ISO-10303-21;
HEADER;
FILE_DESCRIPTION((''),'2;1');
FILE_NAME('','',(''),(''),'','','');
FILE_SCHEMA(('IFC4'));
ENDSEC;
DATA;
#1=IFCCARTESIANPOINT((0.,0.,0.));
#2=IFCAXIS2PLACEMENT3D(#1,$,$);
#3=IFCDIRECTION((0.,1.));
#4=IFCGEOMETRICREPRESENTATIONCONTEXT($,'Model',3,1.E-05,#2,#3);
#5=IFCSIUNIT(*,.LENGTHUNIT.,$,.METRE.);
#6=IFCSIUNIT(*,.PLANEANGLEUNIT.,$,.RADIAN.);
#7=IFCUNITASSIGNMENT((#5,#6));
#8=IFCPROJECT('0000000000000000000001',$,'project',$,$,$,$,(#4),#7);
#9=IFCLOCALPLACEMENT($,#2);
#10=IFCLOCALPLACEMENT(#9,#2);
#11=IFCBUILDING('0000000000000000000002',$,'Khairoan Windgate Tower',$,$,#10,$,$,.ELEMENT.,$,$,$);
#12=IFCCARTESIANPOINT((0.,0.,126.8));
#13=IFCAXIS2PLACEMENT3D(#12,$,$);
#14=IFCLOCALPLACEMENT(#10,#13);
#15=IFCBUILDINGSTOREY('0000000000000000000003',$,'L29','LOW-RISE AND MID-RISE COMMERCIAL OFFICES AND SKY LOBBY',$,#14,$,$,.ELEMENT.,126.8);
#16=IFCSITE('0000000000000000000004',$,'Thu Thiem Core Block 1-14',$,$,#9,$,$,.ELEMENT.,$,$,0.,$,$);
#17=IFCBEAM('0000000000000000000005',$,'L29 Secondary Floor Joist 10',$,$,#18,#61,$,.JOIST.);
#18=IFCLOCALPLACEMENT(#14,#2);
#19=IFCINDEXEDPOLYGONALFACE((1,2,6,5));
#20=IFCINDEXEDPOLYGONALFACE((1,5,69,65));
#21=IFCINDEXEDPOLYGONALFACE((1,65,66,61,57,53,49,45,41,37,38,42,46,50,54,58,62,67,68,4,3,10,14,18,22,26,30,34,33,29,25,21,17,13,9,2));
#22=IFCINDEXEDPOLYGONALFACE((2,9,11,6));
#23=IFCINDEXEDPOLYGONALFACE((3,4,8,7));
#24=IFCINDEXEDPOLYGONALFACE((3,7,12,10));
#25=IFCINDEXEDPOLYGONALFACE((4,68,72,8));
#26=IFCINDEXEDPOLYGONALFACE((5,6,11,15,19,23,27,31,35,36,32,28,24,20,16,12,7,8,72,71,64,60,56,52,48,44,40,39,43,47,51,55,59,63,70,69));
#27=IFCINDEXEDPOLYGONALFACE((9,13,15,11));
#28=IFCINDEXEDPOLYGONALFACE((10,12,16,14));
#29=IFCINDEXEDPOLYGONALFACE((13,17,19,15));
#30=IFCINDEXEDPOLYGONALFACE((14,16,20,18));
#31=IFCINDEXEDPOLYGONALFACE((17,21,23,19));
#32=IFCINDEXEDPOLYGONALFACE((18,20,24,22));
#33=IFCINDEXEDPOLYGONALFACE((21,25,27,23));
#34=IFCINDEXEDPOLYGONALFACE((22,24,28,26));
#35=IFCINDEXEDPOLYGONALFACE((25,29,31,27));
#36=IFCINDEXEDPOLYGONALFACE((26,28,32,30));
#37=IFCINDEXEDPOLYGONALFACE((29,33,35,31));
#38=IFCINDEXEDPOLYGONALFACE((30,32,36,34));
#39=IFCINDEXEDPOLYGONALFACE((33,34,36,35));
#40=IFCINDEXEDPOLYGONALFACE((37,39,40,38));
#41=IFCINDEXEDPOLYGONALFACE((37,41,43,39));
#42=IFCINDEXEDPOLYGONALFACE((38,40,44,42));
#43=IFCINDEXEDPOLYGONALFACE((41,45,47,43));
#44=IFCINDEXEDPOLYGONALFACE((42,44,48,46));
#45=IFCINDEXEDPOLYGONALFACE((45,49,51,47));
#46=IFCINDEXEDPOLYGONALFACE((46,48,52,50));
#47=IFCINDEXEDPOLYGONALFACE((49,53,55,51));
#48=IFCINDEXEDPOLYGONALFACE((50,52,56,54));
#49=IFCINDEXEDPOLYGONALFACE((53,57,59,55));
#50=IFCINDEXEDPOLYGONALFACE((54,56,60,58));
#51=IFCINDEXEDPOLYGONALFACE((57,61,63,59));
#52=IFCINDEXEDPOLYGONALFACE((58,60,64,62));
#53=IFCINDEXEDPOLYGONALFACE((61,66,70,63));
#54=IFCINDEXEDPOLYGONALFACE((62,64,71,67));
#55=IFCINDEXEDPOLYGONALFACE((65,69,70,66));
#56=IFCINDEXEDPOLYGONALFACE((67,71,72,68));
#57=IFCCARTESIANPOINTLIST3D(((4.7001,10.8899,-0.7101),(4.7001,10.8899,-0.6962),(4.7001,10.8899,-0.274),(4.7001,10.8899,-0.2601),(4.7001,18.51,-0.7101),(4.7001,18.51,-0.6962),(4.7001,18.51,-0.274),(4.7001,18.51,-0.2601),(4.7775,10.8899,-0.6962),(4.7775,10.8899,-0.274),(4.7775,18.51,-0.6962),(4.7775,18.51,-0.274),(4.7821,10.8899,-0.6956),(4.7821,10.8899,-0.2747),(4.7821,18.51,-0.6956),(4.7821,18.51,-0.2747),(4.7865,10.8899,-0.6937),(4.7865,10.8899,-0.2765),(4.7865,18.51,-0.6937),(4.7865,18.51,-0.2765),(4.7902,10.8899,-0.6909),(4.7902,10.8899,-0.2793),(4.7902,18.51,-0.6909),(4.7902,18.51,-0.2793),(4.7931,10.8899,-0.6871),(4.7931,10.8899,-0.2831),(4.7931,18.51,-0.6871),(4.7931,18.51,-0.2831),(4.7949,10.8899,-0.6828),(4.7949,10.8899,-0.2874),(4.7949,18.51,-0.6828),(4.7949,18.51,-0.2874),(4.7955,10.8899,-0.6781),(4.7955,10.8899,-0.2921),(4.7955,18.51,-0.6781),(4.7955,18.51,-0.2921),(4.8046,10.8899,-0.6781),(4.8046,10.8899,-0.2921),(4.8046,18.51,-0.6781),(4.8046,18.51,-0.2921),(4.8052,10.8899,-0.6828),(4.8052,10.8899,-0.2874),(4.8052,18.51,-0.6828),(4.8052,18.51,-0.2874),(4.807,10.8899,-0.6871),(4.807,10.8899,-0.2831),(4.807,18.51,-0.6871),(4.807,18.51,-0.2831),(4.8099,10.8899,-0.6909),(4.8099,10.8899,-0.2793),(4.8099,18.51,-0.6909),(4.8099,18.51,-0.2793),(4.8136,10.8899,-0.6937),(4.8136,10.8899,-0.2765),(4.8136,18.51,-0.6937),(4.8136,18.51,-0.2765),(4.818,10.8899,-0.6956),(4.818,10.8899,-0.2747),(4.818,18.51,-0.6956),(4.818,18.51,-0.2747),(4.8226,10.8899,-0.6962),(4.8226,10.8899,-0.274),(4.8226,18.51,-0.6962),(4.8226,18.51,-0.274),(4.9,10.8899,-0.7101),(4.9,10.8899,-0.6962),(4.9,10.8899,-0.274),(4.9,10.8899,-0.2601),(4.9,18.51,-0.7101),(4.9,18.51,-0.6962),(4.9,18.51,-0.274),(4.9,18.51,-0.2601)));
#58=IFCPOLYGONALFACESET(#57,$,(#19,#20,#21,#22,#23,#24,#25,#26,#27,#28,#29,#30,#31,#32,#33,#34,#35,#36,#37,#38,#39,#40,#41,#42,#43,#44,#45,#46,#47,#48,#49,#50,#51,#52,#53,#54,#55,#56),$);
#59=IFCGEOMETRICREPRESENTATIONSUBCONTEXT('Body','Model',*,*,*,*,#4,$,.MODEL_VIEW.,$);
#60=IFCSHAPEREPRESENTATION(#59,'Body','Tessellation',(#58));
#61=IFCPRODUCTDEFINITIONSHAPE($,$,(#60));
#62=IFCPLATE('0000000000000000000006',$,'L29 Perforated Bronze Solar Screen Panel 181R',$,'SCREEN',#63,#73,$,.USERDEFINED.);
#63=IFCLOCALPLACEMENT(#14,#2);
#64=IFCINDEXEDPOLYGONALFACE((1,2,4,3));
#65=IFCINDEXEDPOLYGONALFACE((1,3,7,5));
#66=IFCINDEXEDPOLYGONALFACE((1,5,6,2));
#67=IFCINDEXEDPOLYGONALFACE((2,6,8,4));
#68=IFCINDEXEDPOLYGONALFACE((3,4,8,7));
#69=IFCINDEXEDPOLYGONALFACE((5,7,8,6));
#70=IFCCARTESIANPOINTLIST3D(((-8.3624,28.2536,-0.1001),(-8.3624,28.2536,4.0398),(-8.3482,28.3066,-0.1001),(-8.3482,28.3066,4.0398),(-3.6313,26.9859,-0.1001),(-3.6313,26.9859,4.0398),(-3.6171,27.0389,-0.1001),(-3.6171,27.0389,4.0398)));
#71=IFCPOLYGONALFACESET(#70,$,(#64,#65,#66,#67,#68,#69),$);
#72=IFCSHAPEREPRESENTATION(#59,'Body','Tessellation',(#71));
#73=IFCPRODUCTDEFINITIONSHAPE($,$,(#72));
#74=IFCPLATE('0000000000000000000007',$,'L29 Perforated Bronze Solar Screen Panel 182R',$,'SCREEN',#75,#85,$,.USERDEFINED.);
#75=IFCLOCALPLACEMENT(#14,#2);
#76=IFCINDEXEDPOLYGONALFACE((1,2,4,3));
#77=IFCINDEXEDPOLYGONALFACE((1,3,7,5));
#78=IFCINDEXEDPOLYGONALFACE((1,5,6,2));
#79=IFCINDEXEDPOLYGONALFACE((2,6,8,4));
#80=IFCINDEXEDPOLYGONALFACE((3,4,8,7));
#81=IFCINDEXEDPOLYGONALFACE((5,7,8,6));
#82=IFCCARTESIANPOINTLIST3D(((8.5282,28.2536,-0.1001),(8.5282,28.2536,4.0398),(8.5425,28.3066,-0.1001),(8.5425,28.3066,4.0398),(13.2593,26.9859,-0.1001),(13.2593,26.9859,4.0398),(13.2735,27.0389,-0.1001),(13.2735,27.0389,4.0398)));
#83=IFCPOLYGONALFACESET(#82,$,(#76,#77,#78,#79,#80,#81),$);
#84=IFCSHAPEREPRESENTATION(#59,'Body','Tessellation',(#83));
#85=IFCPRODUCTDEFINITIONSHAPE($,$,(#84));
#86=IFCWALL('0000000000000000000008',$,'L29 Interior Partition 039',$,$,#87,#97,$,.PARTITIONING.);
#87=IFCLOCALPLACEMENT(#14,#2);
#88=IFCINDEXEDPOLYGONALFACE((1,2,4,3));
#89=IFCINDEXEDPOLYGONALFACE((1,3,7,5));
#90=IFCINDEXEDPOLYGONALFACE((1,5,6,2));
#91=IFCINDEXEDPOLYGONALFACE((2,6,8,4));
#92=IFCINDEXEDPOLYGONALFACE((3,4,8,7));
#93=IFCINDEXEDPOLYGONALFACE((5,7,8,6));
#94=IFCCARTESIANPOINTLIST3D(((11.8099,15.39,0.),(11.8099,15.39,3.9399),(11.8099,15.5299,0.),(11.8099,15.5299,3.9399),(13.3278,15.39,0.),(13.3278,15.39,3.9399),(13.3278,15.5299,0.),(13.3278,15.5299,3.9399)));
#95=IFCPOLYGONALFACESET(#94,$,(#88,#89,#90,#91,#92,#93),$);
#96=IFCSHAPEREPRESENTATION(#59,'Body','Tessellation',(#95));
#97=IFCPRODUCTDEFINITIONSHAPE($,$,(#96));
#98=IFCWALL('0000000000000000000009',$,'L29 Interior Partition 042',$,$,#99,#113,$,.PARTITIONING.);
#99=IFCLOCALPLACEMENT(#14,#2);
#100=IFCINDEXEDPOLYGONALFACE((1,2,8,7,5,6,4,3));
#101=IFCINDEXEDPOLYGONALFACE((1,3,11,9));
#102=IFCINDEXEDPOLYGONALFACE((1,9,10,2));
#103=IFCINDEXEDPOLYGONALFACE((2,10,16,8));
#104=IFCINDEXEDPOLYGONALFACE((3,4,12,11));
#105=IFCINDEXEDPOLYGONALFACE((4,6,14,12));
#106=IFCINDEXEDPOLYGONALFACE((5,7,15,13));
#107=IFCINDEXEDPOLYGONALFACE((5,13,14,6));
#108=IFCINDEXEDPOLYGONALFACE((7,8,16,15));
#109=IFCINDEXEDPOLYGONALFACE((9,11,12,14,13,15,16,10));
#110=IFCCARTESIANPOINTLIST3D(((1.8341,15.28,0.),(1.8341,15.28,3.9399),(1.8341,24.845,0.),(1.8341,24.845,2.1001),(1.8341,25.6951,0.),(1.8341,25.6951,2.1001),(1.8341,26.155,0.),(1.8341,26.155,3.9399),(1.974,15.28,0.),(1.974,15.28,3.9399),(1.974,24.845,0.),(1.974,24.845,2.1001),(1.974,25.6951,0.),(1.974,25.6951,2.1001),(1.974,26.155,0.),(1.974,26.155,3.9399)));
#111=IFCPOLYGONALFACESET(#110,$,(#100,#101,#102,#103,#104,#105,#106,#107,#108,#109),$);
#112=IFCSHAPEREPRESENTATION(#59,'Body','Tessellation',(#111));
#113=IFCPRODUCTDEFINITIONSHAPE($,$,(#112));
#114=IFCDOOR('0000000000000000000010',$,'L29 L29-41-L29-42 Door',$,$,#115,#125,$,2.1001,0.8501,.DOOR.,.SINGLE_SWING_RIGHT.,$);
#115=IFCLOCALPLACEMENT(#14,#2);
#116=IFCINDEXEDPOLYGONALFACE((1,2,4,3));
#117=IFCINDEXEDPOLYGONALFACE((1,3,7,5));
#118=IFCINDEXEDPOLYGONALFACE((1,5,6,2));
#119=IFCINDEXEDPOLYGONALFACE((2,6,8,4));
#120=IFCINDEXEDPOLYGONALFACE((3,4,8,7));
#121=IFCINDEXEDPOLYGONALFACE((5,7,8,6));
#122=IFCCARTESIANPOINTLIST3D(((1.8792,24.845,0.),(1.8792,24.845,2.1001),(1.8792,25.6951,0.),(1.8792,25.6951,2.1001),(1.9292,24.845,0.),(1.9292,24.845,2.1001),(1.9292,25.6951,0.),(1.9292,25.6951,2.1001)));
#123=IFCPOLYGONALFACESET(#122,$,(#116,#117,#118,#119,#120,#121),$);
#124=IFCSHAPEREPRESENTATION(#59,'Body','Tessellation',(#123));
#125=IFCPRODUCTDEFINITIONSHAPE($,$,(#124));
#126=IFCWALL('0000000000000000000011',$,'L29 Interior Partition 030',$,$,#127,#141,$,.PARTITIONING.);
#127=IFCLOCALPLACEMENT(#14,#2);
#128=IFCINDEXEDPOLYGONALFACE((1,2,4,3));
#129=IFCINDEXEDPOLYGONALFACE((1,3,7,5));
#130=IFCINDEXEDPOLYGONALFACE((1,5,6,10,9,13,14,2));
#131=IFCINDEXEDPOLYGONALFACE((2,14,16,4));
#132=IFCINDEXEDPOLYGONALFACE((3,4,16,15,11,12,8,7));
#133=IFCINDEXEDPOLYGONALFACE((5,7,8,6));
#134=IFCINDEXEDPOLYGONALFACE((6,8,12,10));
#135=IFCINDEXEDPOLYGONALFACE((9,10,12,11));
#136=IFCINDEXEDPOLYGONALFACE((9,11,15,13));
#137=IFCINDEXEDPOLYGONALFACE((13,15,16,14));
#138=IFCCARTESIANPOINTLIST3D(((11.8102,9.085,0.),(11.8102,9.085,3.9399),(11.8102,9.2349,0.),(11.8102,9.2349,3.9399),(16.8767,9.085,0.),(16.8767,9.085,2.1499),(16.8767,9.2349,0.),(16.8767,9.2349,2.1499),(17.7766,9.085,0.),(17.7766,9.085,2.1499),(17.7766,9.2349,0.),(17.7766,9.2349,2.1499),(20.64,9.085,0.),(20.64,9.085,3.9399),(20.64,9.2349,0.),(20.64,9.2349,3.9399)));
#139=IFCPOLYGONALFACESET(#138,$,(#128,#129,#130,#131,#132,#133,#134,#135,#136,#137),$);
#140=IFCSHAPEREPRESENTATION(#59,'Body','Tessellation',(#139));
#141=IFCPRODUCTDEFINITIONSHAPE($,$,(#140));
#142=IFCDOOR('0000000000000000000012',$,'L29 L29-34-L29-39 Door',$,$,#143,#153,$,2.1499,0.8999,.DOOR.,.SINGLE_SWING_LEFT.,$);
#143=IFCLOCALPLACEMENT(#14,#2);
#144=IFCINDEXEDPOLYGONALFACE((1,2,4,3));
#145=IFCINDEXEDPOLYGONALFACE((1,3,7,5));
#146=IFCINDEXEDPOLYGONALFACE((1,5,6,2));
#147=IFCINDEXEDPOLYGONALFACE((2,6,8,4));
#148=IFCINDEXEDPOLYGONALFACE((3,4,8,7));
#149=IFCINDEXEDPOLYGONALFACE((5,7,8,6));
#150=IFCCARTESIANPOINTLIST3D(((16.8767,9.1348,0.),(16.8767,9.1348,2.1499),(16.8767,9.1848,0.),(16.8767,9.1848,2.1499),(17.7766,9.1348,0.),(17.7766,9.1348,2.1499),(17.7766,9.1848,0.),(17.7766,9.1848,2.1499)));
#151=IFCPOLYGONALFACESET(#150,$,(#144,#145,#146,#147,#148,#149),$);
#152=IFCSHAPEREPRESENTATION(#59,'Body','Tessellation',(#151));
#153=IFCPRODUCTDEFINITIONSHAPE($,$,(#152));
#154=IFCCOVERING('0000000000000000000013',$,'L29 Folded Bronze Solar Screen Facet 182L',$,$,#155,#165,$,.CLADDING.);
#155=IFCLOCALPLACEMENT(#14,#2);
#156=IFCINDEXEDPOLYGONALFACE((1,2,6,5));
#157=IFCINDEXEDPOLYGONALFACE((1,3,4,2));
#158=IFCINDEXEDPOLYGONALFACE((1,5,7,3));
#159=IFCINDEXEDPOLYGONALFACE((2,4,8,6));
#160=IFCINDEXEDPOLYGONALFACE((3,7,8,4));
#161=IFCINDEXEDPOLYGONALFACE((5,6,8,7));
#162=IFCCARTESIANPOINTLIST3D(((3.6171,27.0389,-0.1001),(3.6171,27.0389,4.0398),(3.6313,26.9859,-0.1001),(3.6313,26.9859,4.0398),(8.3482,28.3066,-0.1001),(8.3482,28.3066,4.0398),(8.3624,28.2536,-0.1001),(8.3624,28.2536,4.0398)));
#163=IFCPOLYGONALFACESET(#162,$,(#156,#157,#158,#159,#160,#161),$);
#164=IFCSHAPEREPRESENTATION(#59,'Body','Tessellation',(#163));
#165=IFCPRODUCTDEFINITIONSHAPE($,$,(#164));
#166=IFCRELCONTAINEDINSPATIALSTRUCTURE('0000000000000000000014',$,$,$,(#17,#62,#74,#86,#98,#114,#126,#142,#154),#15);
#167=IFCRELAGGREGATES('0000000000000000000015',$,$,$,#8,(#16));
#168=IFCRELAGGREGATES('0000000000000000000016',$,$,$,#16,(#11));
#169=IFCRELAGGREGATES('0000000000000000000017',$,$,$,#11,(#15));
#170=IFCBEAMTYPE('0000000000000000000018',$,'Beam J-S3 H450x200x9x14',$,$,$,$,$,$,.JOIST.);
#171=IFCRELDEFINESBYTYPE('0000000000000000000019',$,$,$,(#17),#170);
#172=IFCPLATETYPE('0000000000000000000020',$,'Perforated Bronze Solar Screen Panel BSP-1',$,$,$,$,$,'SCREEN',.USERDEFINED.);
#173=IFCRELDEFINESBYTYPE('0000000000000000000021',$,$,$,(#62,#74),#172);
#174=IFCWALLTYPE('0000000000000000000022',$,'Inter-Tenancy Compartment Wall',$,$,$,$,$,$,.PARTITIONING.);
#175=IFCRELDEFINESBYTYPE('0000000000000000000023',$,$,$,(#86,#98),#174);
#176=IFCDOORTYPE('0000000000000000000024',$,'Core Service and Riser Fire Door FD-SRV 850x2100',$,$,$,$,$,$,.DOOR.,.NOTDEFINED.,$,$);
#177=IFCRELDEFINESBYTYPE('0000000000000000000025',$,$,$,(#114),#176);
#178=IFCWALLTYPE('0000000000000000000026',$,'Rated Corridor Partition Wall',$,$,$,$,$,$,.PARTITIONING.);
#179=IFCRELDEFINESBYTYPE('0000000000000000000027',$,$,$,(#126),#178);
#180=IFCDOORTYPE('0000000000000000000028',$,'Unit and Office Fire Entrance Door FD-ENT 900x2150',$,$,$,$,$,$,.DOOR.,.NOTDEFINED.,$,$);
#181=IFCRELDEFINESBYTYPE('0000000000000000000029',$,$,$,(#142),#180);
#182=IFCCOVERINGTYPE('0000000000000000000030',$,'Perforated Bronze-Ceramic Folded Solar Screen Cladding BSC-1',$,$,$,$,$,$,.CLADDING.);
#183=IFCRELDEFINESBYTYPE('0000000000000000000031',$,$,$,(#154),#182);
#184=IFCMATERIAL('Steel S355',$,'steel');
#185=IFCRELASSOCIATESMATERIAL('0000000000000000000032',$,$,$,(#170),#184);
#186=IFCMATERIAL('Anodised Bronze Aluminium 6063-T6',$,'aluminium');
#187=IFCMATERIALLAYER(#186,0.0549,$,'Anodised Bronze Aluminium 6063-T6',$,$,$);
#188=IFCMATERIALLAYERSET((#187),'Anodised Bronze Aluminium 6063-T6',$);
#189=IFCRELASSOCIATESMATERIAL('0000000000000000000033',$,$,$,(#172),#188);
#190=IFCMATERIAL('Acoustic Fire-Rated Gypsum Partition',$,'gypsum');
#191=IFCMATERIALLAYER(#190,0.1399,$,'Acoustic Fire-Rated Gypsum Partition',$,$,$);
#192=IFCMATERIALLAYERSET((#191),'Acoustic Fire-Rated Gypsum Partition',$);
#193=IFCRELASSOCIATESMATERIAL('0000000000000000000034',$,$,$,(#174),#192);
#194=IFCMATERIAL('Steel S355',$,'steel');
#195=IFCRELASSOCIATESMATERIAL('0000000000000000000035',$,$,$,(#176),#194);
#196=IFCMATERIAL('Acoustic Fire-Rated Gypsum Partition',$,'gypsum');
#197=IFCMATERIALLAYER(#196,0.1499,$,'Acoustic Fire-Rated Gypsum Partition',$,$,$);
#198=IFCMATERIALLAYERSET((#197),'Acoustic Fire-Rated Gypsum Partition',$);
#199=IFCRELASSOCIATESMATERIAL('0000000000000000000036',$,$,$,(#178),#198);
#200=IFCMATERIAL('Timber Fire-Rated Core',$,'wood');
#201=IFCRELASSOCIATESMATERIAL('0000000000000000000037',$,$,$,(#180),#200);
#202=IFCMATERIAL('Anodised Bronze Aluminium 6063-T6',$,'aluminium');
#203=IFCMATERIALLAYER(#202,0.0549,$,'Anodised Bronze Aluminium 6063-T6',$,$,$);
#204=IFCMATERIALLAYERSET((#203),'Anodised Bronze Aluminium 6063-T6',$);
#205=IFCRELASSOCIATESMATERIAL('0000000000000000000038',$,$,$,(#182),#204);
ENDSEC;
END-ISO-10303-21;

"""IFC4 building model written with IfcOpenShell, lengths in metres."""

from ifc_helpers import new_model, si_unit, direction, frame, frame_2d, origin, origin_2d, place, context, subcontext, project, spatial, rectangle, i_section, extrude, material, layer, layer_set, material_profile, profile_set, type_object, element, fill, save


model = new_model("IFC4")

# Units and contexts
model_context = context("Model", 3, precision=1e-05, world=origin(), true_north=direction((0.0, 1.0)))
body_context = subcontext(model_context, "Body", "Model", "MODEL_VIEW")
ifc_project = project(units=[si_unit("LENGTHUNIT", "METRE"), si_unit("PLANEANGLEUNIT", "RADIAN")], contexts=[model_context])

# Site, building, storey
site_placement = place(None, origin())
site = spatial("IfcSite", under=ifc_project, at=site_placement, Name="Thu Thiem Core Block 1-14", CompositionType="ELEMENT", RefElevation=0.0)
building_placement = place(site_placement, origin())
building = spatial("IfcBuilding", under=site, at=building_placement, Name="Khairoan Windgate Tower", CompositionType="ELEMENT")
storey_placement = place(building_placement, frame((0.0, 0.0, 126.8)))
storey = spatial("IfcBuildingStorey", under=building, at=storey_placement, Name="L29", Description="LOW-RISE AND MID-RISE COMMERCIAL OFFICES AND SKY LOBBY", CompositionType="ELEMENT", Elevation=126.8)

# Beam
ifc_material_1 = material(Name="Steel S355", Category="steel")
ifc_material_profile_1 = material_profile(ifc_material_1, i_section(OverallWidth=0.2, OverallDepth=0.45, WebThickness=0.009, FlangeThickness=0.0139, FilletRadius=0.0181, at=origin_2d()))
ifc_profile_set_1 = profile_set([ifc_material_profile_1], Name="Steel S355")
beam_type_1 = type_object("IfcBeamType", Name="Beam J-S3 H450x200x9x14", PredefinedType="JOIST", material=ifc_profile_set_1)
for number, where, z_axis, x_axis, name in (
    (1, (4.8, 10.8899, -0.4851), (0.0, 1.0, 0.0), (-1.0, 0.0, 0.0), "L29 Secondary Floor Joist 10"),
):
    element("IfcBeam", number, at=place(storey_placement, frame(where, z_axis=z_axis, x_axis=x_axis)), inside=storey, type_object=beam_type_1, Name=name, PredefinedType="JOIST", context=body_context, shape_type="SweptSolid", body=[
        extrude(i_section(OverallWidth=0.2, OverallDepth=0.45, WebThickness=0.009, FlangeThickness=0.0139, FilletRadius=0.0181, at=origin_2d()), origin(), (0.0, 0.0, 1.0), 7.6201),
    ])

# Plates
ifc_material_2 = material(Name="Anodised Bronze Aluminium 6063-T6", Category="aluminium")
ifc_layer_1 = layer(ifc_material_2, 0.0549, Name="Anodised Bronze Aluminium 6063-T6")
ifc_layer_set_1 = layer_set([ifc_layer_1], Name="Anodised Bronze Aluminium 6063-T6")
plate_type = type_object("IfcPlateType", Name="Perforated Bronze Solar Screen Panel BSP-1", ElementType="SCREEN", PredefinedType="USERDEFINED", material=ifc_layer_set_1)
for number, where, z_axis, x_axis, name in (
    (2, (-5.9897, 27.6462, -0.1001), (0.0, 0.0, 1.0), (0.965926, -0.258819, 0.0), "L29 Perforated Bronze Solar Screen Panel 181R"),
    (3, (10.9009, 27.6462, -0.1001), (0.0, 0.0, 1.0), (0.965926, -0.258819, 0.0), "L29 Perforated Bronze Solar Screen Panel 182R"),
):
    element("IfcPlate", number, at=place(storey_placement, frame(where, z_axis=z_axis, x_axis=x_axis)), inside=storey, type_object=plate_type, Name=name, ObjectType="SCREEN", PredefinedType="USERDEFINED", context=body_context, shape_type="SweptSolid", body=[
        extrude(rectangle(XDim=4.8979, YDim=0.0549, at=origin_2d()), origin(), (0.0, 0.0, 1.0), 4.1399),
    ])

# Wall
ifc_material_3 = material(Name="Acoustic Fire-Rated Gypsum Partition", Category="gypsum")
ifc_layer_2 = layer(ifc_material_3, 0.1399, Name="Acoustic Fire-Rated Gypsum Partition")
ifc_layer_set_2 = layer_set([ifc_layer_2], Name="Acoustic Fire-Rated Gypsum Partition")
wall_type_1 = type_object("IfcWallType", Name="Inter-Tenancy Compartment Wall", PredefinedType="PARTITIONING", material=ifc_layer_set_2)
wall_1_placement = place(storey_placement, frame((11.8101, 15.46, 0.0), z_axis=(0.0, 0.0, 1.0), x_axis=(1.0, 0.0, 0.0)))
element("IfcWall", 4, at=wall_1_placement, inside=storey, type_object=wall_type_1, Name="L29 Interior Partition 039", PredefinedType="PARTITIONING", context=body_context, shape_type="SweptSolid", body=[
    extrude(rectangle(XDim=1.5178, YDim=0.1399, at=frame_2d((0.7588, 0.0))), origin(), (0.0, 0.0, 1.0), 3.9399),
])

# Walls, openings, doors
wall_2_placement = place(storey_placement, frame((1.9041, 15.28, 0.0), z_axis=(0.0, 0.0, 1.0), x_axis=(0.0, 1.0, 0.0)))
wall_2 = element("IfcWall", 5, at=wall_2_placement, inside=storey, type_object=wall_type_1, Name="L29 Interior Partition 042", PredefinedType="PARTITIONING", context=body_context, shape_type="SweptSolid", body=[
    extrude(rectangle(XDim=10.875, YDim=0.1399, at=frame_2d((5.4375, 0.0))), origin(), (0.0, 0.0, 1.0), 3.9399),
])
opening_1_placement = place(wall_2_placement, frame((9.5649, 0.0, 0.0)))
opening_1 = element("IfcOpeningElement", 6, at=opening_1_placement, cuts=wall_2, PredefinedType="OPENING", context=body_context, shape_type="SweptSolid", body=[
    extrude(rectangle(XDim=0.8501, YDim=2.1001, at=frame_2d((0.425, 1.05))), frame((0.0, 0.0798, 0.0), z_axis=(0.0, -1.0, 0.0), x_axis=(1.0, 0.0, 0.0)), (0.0, 0.0, 1.0), 0.1599),
])
ifc_material_4 = material(Name="Steel S355", Category="steel")
door_type_1 = type_object("IfcDoorType", Name="Core Service and Riser Fire Door FD-SRV 850x2100", OperationType="NOTDEFINED", PredefinedType="DOOR", material=ifc_material_4)
door_1_placement = place(opening_1_placement, origin())
door_1 = element("IfcDoor", 7, at=door_1_placement, inside=storey, type_object=door_type_1, Name="L29 L29-41-L29-42 Door", OperationType="SINGLE_SWING_RIGHT", OverallHeight=2.1001, OverallWidth=0.8501, PredefinedType="DOOR", context=body_context, shape_type="SweptSolid", body=[
    extrude(rectangle(XDim=0.8501, YDim=2.1001, at=frame_2d((0.425, 1.05))), frame((0.0, 0.0249, 0.0), z_axis=(0.0, -1.0, 0.0), x_axis=(1.0, 0.0, 0.0)), (0.0, 0.0, 1.0), 0.05),
])
fill(opening_1, door_1)
ifc_material_5 = material(Name="Acoustic Fire-Rated Gypsum Partition", Category="gypsum")
ifc_layer_3 = layer(ifc_material_5, 0.1499, Name="Acoustic Fire-Rated Gypsum Partition")
ifc_layer_set_3 = layer_set([ifc_layer_3], Name="Acoustic Fire-Rated Gypsum Partition")
wall_type_2 = type_object("IfcWallType", Name="Rated Corridor Partition Wall", PredefinedType="PARTITIONING", material=ifc_layer_set_3)
wall_3_placement = place(storey_placement, frame((11.8101, 9.1599, 0.0), z_axis=(0.0, 0.0, 1.0), x_axis=(1.0, 0.0, 0.0)))
wall_3 = element("IfcWall", 8, at=wall_3_placement, inside=storey, type_object=wall_type_2, Name="L29 Interior Partition 030", PredefinedType="PARTITIONING", context=body_context, shape_type="SweptSolid", body=[
    extrude(rectangle(XDim=8.8298, YDim=0.1499, at=frame_2d((4.415, 0.0))), origin(), (0.0, 0.0, 1.0), 3.9399),
])
opening_2_placement = place(wall_3_placement, frame((5.0667, 0.0, 0.0)))
opening_2 = element("IfcOpeningElement", 9, at=opening_2_placement, cuts=wall_3, PredefinedType="OPENING", context=body_context, shape_type="SweptSolid", body=[
    extrude(rectangle(XDim=0.8999, YDim=2.1499, at=frame_2d((0.45, 1.075))), frame((0.0, 0.085, 0.0), z_axis=(0.0, -1.0, 0.0), x_axis=(1.0, 0.0, 0.0)), (0.0, 0.0, 1.0), 0.1699),
])
ifc_material_6 = material(Name="Timber Fire-Rated Core", Category="wood")
door_type_2 = type_object("IfcDoorType", Name="Unit and Office Fire Entrance Door FD-ENT 900x2150", OperationType="NOTDEFINED", PredefinedType="DOOR", material=ifc_material_6)
door_2_placement = place(opening_2_placement, origin())
door_2 = element("IfcDoor", 10, at=door_2_placement, inside=storey, type_object=door_type_2, Name="L29 L29-34-L29-39 Door", OperationType="SINGLE_SWING_LEFT", OverallHeight=2.1499, OverallWidth=0.8999, PredefinedType="DOOR", context=body_context, shape_type="SweptSolid", body=[
    extrude(rectangle(XDim=0.8999, YDim=2.1499, at=frame_2d((0.45, 1.075))), frame((0.0, 0.0249, 0.0), z_axis=(0.0, -1.0, 0.0), x_axis=(1.0, 0.0, 0.0)), (0.0, 0.0, 1.0), 0.05),
])
fill(opening_2, door_2)

# Covering
ifc_material_7 = material(Name="Anodised Bronze Aluminium 6063-T6", Category="aluminium")
ifc_layer_4 = layer(ifc_material_7, 0.0549, Name="Anodised Bronze Aluminium 6063-T6")
ifc_layer_set_4 = layer_set([ifc_layer_4], Name="Anodised Bronze Aluminium 6063-T6")
covering_type = type_object("IfcCoveringType", Name="Perforated Bronze-Ceramic Folded Solar Screen Cladding BSC-1", PredefinedType="CLADDING", material=ifc_layer_set_4)
covering_placement = place(storey_placement, frame((5.9897, 27.6462, -0.1001), z_axis=(0.0, 0.0, 1.0), x_axis=(0.965926, 0.258819, 0.0)))
element("IfcCovering", 11, at=covering_placement, inside=storey, type_object=covering_type, Name="L29 Folded Bronze Solar Screen Facet 182L", PredefinedType="CLADDING", context=body_context, shape_type="SweptSolid", body=[
    extrude(rectangle(XDim=4.8979, YDim=0.0549, at=origin_2d()), origin(), (0.0, 0.0, 1.0), 4.1399),
])

save(model, "model.ifc")
